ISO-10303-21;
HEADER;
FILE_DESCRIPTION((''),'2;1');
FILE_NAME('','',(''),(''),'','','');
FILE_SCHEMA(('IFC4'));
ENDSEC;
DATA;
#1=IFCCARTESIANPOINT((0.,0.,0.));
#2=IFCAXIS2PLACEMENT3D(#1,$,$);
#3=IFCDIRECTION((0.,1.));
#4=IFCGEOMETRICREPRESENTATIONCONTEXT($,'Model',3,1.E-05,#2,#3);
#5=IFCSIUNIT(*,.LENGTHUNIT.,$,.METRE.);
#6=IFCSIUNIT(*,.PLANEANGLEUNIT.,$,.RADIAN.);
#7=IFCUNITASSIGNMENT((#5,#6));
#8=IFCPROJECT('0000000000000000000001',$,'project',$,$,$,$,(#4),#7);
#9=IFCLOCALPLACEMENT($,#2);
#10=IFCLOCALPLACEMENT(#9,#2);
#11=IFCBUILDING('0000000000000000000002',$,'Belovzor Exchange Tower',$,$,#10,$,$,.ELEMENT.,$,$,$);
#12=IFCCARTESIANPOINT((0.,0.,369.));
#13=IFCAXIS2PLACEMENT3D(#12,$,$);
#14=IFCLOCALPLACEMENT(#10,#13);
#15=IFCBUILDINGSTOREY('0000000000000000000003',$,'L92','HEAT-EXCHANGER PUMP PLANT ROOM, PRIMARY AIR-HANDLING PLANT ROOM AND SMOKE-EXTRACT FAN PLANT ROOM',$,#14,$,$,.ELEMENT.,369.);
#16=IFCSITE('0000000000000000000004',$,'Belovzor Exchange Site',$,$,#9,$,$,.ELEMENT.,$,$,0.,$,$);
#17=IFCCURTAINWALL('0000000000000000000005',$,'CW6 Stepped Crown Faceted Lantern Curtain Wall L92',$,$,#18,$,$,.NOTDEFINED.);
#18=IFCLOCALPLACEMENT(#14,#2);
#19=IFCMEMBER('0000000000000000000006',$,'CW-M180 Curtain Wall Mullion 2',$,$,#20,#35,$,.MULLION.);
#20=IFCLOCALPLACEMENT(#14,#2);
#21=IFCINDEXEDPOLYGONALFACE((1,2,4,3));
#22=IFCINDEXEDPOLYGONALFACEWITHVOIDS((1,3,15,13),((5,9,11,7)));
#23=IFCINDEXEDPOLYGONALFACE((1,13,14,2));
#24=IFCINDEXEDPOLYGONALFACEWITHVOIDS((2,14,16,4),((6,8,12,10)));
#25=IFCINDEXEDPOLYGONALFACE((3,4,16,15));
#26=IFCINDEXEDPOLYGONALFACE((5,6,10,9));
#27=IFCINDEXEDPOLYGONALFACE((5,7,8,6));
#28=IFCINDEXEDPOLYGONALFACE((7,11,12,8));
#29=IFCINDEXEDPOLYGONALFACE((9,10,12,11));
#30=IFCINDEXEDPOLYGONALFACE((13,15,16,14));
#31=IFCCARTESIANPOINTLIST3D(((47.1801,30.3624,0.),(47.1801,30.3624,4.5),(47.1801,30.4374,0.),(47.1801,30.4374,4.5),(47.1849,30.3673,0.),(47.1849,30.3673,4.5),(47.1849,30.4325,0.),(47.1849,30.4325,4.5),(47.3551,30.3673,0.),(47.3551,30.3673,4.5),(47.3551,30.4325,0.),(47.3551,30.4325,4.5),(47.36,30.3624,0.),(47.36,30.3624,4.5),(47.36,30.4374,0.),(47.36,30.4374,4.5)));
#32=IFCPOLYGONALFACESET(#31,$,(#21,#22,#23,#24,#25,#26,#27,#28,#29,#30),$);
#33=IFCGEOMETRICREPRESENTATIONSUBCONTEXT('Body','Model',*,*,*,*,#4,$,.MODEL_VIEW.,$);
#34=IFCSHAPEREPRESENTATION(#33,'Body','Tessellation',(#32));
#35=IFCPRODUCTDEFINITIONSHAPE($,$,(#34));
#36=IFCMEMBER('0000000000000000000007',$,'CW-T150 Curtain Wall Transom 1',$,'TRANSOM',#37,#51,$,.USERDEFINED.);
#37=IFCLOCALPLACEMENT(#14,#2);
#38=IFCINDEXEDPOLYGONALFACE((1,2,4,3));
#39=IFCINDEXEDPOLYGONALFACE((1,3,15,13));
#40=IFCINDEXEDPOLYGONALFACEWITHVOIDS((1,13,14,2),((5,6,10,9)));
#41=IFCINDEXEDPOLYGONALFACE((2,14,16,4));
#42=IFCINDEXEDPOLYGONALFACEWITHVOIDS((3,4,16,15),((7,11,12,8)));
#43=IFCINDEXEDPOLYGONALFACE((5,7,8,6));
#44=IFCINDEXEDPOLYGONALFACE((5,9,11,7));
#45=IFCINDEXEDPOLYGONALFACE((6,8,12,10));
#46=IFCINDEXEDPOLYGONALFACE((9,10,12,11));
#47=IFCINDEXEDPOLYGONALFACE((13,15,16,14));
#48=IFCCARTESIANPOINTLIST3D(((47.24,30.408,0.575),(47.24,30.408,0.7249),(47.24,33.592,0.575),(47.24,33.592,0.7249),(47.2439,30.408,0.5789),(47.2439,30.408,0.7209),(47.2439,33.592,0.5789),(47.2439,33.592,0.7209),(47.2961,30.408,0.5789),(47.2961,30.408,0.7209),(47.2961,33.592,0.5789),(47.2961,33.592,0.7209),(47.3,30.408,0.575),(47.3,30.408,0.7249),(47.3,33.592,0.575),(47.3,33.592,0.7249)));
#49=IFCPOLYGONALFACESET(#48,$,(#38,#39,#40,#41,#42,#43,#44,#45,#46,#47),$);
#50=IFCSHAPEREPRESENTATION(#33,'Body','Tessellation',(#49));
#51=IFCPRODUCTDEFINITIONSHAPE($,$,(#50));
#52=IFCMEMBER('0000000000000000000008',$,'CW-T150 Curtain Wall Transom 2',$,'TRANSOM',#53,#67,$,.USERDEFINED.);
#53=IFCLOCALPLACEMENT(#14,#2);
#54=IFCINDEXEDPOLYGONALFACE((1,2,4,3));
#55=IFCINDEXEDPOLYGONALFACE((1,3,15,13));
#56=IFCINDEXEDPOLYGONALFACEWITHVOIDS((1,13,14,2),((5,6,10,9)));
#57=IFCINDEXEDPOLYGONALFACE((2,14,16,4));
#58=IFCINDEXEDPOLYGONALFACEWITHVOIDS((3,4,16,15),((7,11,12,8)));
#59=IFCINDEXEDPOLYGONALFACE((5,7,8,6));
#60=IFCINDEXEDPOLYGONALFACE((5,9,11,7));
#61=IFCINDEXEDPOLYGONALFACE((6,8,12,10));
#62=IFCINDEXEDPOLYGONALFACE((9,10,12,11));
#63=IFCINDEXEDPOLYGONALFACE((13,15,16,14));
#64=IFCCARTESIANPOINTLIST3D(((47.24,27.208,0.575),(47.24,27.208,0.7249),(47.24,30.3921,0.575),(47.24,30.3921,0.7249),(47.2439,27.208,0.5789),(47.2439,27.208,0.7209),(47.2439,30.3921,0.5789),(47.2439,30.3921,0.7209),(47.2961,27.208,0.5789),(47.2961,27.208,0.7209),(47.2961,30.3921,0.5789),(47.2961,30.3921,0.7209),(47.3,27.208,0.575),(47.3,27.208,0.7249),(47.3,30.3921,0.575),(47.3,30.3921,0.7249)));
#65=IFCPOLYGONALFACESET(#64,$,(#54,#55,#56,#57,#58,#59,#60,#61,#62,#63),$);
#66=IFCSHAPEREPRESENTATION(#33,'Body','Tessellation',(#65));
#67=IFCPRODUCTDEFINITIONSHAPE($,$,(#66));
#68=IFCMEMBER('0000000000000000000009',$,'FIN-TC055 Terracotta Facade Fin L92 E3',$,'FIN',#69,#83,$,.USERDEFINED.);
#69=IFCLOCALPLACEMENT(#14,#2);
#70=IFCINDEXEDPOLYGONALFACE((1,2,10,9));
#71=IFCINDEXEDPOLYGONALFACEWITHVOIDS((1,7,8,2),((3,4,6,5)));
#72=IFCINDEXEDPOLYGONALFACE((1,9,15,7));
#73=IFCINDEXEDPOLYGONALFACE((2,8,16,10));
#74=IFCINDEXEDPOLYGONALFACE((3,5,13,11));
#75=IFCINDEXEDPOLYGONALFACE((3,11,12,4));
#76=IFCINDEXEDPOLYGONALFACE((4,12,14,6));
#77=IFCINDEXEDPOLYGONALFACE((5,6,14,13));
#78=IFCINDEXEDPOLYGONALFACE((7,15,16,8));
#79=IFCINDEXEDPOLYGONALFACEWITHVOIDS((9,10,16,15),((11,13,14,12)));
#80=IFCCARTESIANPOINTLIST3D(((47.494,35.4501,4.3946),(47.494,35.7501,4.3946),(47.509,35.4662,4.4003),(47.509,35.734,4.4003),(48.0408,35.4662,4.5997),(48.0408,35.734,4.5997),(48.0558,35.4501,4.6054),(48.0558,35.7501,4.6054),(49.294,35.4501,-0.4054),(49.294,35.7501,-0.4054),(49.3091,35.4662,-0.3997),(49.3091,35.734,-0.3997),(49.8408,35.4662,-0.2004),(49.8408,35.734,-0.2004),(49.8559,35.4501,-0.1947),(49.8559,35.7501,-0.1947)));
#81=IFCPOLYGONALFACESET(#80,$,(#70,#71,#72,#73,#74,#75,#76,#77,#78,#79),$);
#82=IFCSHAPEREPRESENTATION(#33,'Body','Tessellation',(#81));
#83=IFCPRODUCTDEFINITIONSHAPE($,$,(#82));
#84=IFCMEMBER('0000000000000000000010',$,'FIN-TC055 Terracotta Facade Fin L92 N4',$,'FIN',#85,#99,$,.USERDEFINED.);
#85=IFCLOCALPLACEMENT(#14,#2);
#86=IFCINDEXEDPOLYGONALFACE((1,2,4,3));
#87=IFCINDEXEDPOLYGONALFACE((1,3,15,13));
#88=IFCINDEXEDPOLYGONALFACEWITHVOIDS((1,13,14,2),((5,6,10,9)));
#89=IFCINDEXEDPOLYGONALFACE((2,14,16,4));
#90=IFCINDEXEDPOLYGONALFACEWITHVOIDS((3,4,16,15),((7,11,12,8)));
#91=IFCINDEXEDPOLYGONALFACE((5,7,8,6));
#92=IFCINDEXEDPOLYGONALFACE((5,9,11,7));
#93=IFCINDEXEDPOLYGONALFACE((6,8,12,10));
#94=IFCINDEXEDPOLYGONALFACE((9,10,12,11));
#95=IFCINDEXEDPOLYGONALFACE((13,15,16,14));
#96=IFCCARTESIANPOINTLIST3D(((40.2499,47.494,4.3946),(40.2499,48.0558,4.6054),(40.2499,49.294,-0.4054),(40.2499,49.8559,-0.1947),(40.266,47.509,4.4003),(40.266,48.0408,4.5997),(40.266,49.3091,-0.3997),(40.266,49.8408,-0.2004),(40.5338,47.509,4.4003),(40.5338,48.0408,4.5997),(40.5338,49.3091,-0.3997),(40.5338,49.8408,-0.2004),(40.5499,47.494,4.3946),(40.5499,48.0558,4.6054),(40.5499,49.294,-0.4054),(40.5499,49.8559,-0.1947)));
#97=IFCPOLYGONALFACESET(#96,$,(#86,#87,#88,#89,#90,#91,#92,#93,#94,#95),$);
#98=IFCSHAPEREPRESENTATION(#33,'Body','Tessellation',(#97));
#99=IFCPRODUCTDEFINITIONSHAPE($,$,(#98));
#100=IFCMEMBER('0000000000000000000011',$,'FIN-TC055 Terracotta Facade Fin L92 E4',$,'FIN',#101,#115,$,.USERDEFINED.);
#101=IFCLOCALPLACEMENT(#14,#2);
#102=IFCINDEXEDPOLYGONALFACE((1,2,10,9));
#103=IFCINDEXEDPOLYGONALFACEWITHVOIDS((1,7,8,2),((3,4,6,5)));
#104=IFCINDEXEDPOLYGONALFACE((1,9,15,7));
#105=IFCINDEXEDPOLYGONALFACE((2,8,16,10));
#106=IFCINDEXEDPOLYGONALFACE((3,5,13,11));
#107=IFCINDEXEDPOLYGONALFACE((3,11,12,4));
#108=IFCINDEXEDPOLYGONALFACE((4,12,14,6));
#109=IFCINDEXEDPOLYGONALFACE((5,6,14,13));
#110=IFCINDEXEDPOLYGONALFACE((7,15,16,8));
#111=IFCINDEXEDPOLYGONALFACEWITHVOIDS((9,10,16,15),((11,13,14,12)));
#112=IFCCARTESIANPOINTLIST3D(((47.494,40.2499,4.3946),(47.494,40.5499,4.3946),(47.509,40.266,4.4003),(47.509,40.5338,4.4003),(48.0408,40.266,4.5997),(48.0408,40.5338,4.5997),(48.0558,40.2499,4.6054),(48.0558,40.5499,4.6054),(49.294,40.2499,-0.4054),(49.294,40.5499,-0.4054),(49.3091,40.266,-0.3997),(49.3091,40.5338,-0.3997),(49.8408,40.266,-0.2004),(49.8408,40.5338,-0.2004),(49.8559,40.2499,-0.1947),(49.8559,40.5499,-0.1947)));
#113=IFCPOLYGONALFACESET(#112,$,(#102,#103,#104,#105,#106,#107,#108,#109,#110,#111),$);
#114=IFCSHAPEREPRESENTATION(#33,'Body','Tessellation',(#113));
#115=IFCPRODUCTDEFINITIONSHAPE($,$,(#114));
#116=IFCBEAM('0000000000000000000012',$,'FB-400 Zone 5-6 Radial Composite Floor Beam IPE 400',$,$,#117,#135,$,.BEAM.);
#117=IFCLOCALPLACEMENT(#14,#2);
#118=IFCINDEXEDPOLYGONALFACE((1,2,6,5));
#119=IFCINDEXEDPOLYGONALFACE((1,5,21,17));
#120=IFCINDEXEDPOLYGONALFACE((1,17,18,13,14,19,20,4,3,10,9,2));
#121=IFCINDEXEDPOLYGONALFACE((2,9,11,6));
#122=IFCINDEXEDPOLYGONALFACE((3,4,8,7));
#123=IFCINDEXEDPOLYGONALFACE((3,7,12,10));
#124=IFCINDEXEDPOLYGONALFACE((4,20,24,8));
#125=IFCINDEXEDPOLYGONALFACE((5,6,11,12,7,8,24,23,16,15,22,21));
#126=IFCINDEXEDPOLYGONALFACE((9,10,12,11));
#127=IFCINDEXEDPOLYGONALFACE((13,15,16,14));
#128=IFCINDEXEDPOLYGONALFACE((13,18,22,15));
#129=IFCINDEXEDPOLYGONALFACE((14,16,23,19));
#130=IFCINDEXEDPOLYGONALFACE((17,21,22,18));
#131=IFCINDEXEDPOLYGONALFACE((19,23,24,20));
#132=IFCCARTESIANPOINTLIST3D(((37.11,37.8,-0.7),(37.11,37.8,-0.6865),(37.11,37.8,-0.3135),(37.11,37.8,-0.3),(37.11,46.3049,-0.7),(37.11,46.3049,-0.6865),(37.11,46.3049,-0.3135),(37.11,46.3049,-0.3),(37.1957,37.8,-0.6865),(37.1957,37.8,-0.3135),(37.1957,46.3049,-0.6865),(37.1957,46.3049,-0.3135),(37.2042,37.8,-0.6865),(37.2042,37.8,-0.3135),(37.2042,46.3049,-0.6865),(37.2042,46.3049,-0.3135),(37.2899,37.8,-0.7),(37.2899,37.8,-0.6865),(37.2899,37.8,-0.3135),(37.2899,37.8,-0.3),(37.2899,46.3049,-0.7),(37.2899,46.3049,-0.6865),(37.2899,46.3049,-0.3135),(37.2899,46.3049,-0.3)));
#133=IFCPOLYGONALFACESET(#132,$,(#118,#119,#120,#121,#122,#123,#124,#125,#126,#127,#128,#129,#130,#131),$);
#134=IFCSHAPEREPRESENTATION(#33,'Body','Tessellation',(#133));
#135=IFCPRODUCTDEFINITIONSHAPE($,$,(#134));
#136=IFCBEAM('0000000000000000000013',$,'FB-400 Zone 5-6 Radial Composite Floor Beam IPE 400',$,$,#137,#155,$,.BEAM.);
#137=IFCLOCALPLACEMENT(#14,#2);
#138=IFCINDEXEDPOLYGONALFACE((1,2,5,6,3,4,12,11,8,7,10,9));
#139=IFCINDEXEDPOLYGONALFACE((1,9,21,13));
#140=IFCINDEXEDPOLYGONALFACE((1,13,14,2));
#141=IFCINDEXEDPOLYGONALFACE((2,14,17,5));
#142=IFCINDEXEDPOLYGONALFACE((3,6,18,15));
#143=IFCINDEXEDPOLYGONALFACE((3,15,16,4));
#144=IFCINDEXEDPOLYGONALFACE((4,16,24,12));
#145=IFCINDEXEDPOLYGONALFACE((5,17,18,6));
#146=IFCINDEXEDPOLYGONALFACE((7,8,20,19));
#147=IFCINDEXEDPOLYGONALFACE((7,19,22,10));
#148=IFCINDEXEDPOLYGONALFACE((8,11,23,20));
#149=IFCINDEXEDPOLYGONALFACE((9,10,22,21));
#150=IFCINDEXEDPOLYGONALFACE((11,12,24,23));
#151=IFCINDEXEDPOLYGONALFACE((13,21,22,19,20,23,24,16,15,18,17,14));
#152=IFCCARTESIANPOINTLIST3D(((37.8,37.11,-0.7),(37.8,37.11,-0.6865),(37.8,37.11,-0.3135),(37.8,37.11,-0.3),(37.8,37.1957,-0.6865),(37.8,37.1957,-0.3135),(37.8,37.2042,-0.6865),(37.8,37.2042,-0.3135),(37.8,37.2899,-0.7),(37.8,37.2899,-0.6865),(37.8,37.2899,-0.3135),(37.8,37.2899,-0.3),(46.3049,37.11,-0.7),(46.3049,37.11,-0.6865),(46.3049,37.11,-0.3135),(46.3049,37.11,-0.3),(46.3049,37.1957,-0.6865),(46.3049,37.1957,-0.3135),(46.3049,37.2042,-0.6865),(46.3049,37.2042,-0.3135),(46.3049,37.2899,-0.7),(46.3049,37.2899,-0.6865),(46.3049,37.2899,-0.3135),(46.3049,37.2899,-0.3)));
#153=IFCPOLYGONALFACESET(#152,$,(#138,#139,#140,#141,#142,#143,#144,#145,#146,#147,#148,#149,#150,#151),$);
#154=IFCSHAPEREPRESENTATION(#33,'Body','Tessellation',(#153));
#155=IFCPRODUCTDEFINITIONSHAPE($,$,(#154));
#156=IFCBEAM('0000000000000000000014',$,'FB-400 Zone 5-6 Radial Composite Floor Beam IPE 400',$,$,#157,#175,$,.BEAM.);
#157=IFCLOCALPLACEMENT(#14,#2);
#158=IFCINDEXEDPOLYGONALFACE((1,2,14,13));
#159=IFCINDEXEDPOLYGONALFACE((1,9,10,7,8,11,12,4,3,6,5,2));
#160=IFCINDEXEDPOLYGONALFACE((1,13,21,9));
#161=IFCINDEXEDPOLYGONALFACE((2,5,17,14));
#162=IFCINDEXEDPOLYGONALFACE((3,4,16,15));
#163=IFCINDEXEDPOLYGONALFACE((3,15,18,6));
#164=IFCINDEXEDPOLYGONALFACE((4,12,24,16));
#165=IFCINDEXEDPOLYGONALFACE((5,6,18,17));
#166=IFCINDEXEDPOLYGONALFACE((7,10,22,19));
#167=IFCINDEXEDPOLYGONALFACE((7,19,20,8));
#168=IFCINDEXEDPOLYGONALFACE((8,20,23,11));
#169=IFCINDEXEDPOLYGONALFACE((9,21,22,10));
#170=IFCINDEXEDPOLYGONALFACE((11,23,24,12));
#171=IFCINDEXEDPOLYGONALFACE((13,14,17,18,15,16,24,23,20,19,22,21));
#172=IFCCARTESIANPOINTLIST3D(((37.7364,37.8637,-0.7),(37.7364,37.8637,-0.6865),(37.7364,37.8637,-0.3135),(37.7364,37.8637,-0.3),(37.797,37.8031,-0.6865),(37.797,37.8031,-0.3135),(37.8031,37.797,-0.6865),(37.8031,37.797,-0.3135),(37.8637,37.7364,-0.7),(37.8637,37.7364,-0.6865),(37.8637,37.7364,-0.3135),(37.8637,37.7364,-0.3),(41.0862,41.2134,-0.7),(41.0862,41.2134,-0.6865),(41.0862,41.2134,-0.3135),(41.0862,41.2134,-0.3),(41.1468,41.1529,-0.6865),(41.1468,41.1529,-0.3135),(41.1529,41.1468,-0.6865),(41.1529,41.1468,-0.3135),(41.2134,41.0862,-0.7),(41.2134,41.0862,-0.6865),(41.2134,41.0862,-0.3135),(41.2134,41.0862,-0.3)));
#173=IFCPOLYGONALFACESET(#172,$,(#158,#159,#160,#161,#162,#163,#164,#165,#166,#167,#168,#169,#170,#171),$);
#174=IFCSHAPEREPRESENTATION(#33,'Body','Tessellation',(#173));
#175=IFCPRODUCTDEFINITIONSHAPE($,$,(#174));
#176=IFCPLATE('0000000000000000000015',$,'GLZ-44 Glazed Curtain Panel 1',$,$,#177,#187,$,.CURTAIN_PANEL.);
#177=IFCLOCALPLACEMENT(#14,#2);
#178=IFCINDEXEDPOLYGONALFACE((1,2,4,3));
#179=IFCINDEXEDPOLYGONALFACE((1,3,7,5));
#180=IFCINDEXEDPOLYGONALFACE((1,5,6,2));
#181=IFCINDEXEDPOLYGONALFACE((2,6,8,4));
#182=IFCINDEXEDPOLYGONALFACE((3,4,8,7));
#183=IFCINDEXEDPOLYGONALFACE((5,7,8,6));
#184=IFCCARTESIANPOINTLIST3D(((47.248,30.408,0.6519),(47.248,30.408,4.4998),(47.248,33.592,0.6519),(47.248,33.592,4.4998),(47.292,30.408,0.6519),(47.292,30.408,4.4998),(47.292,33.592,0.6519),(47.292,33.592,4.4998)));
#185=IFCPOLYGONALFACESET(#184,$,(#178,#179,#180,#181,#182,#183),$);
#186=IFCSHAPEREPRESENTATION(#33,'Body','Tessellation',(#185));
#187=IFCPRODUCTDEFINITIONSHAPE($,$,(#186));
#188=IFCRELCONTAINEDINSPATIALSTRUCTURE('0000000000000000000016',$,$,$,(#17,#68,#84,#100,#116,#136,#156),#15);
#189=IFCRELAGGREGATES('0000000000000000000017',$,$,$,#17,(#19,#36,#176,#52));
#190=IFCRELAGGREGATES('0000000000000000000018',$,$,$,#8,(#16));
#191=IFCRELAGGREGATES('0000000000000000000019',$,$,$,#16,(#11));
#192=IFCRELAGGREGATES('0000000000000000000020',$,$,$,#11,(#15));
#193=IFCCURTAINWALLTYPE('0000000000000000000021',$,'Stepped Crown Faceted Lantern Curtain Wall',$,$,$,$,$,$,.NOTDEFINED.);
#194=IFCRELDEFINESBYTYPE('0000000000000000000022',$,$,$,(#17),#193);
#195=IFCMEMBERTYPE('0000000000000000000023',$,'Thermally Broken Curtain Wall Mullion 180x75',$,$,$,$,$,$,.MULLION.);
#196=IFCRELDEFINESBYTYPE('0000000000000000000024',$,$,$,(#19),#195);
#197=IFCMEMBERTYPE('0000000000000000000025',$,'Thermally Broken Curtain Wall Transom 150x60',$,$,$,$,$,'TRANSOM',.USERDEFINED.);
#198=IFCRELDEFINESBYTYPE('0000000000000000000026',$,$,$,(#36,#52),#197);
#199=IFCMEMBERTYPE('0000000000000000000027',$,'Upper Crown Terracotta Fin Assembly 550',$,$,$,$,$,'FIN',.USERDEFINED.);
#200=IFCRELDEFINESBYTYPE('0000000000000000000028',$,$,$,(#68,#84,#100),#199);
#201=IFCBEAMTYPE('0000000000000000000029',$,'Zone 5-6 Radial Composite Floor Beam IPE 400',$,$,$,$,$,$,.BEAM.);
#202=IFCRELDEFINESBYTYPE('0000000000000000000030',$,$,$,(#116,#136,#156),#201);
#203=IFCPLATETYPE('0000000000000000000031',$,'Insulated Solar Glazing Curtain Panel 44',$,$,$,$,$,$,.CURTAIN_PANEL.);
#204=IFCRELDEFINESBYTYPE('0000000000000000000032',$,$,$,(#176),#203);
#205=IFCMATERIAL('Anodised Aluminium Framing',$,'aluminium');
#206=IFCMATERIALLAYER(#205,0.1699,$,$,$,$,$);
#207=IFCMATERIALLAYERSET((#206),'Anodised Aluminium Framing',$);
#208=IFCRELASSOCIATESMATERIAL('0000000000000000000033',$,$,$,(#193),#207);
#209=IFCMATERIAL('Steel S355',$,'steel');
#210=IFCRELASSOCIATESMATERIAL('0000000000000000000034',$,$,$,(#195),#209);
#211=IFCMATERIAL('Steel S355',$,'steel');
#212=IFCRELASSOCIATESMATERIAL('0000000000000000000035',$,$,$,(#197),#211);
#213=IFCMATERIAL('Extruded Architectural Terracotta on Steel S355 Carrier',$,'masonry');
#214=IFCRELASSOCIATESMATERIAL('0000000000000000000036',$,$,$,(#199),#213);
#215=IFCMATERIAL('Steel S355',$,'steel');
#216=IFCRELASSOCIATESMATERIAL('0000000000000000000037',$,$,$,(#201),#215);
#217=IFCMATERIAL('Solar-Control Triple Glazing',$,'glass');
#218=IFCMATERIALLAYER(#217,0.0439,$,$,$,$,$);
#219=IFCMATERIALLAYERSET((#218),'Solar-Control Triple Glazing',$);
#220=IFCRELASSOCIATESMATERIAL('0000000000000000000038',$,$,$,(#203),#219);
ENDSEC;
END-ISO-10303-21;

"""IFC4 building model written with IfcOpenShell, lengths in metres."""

from ifc_helpers import new_model, si_unit, direction, frame, origin, origin_2d, place, context, subcontext, project, spatial, rectangle, hollow_rectangle, i_section, extrude, material, layer, layer_set, material_profile, profile_set, type_object, element, aggregate, save


model = new_model("IFC4")

# Units and contexts
model_context = context("Model", 3, precision=1e-05, world=origin(), true_north=direction((0.0, 1.0)))
body_context = subcontext(model_context, "Body", "Model", "MODEL_VIEW")
ifc_project = project(units=[si_unit("LENGTHUNIT", "METRE"), si_unit("PLANEANGLEUNIT", "RADIAN")], contexts=[model_context])

# Site, building, storey
site_placement = place(None, origin())
site = spatial("IfcSite", under=ifc_project, at=site_placement, Name="Belovzor Exchange Site", CompositionType="ELEMENT", RefElevation=0.0)
building_placement = place(site_placement, origin())
building = spatial("IfcBuilding", under=site, at=building_placement, Name="Belovzor Exchange Tower", CompositionType="ELEMENT")
storey_placement = place(building_placement, frame((0.0, 0.0, 369.0)))
storey = spatial("IfcBuildingStorey", under=building, at=storey_placement, Name="L92", Description="HEAT-EXCHANGER PUMP PLANT ROOM, PRIMARY AIR-HANDLING PLANT ROOM AND SMOKE-EXTRACT FAN PLANT ROOM", CompositionType="ELEMENT", Elevation=369.0)

# Curtain wall, members
ifc_material_1 = material(Name="Anodised Aluminium Framing", Category="aluminium")
ifc_layer_1 = layer(ifc_material_1, 0.1699)
ifc_layer_set_1 = layer_set([ifc_layer_1], Name="Anodised Aluminium Framing")
curtain_wall_type = type_object("IfcCurtainWallType", Name="Stepped Crown Faceted Lantern Curtain Wall", PredefinedType="NOTDEFINED", material=ifc_layer_set_1)
curtain_wall_placement = place(storey_placement, origin())
curtain_wall = element("IfcCurtainWall", 1, at=curtain_wall_placement, inside=storey, type_object=curtain_wall_type, Name="CW6 Stepped Crown Faceted Lantern Curtain Wall L92", PredefinedType="NOTDEFINED")
ifc_material_2 = material(Name="Steel S355", Category="steel")
ifc_material_profile_1 = material_profile(ifc_material_2, hollow_rectangle(XDim=0.075, YDim=0.1799, WallThickness=0.0049, at=origin_2d()))
ifc_profile_set_1 = profile_set([ifc_material_profile_1], Name="Steel S355")
member_type_1 = type_object("IfcMemberType", Name="Thermally Broken Curtain Wall Mullion 180x75", PredefinedType="MULLION", material=ifc_profile_set_1)
member_1_placement = place(storey_placement, frame((47.27, 30.3999, 0.0), z_axis=(0.0, 0.0, 1.0), x_axis=(0.0, -1.0, 0.0)))
member_1 = element("IfcMember", 2, at=member_1_placement, type_object=member_type_1, Name="CW-M180 Curtain Wall Mullion 2", PredefinedType="MULLION", context=body_context, shape_type="SweptSolid", body=[
    extrude(hollow_rectangle(XDim=0.075, YDim=0.1799, WallThickness=0.0049, at=origin_2d()), origin(), (0.0, 0.0, 1.0), 4.5),
])
ifc_material_3 = material(Name="Steel S355", Category="steel")
ifc_material_profile_2 = material_profile(ifc_material_3, hollow_rectangle(XDim=0.0601, YDim=0.1499, WallThickness=0.0039, at=origin_2d()))
ifc_profile_set_2 = profile_set([ifc_material_profile_2], Name="Steel S355")
member_type_2 = type_object("IfcMemberType", Name="Thermally Broken Curtain Wall Transom 150x60", ElementType="TRANSOM", PredefinedType="USERDEFINED", material=ifc_profile_set_2)
member_2_placement = place(storey_placement, frame((47.27, 33.592, 0.6499), z_axis=(0.0, -1.0, 0.0), x_axis=(1.0, 0.0, 0.0)))
member_2 = element("IfcMember", 3, at=member_2_placement, type_object=member_type_2, Name="CW-T150 Curtain Wall Transom 1", ObjectType="TRANSOM", PredefinedType="USERDEFINED", context=body_context, shape_type="SweptSolid", body=[
    extrude(hollow_rectangle(XDim=0.0601, YDim=0.1499, WallThickness=0.0039, at=origin_2d()), origin(), (0.0, 0.0, 1.0), 3.1841),
])
member_3_placement = place(storey_placement, frame((47.27, 30.3921, 0.6499), z_axis=(0.0, -1.0, 0.0), x_axis=(1.0, 0.0, 0.0)))
member_3 = element("IfcMember", 4, at=member_3_placement, type_object=member_type_2, Name="CW-T150 Curtain Wall Transom 2", ObjectType="TRANSOM", PredefinedType="USERDEFINED", context=body_context, shape_type="SweptSolid", body=[
    extrude(hollow_rectangle(XDim=0.0601, YDim=0.1499, WallThickness=0.0039, at=origin_2d()), origin(), (0.0, 0.0, 1.0), 3.1841),
])

# Members
ifc_material_4 = material(Name="Extruded Architectural Terracotta on Steel S355 Carrier", Category="masonry")
ifc_material_profile_3 = material_profile(ifc_material_4, hollow_rectangle(XDim=0.3, YDim=0.6001, WallThickness=0.0161, at=origin_2d()))
ifc_profile_set_3 = profile_set([ifc_material_profile_3], Name="Extruded Architectural Terracotta on Steel S355 Carrier")
member_type_3 = type_object("IfcMemberType", Name="Upper Crown Terracotta Fin Assembly 550", ElementType="FIN", PredefinedType="USERDEFINED", material=ifc_profile_set_3)
for number, where, z_axis, x_axis, name in (
    (5, (49.575, 35.6001, -0.3), (-0.351129, 0.0, 0.936327), (0.0, -1.0, 0.0), "FIN-TC055 Terracotta Facade Fin L92 E3"),
    (6, (40.3999, 49.575, -0.3), (0.0, -0.351129, 0.936327), (1.0, 0.0, 0.0), "FIN-TC055 Terracotta Facade Fin L92 N4"),
    (7, (49.575, 40.3999, -0.3), (-0.351129, 0.0, 0.936327), (0.0, -1.0, 0.0), "FIN-TC055 Terracotta Facade Fin L92 E4"),
):
    element("IfcMember", number, at=place(storey_placement, frame(where, z_axis=z_axis, x_axis=x_axis)), inside=storey, type_object=member_type_3, Name=name, ObjectType="FIN", PredefinedType="USERDEFINED", context=body_context, shape_type="SweptSolid", body=[
        extrude(hollow_rectangle(XDim=0.3, YDim=0.6001, WallThickness=0.0161, at=origin_2d()), origin(), (0.0, 0.0, 1.0), 5.1265),
    ])

# Beams
ifc_material_5 = material(Name="Steel S355", Category="steel")
ifc_material_profile_4 = material_profile(ifc_material_5, i_section(OverallWidth=0.1799, OverallDepth=0.3999, WebThickness=0.0085, FlangeThickness=0.0134, at=origin_2d()))
ifc_profile_set_4 = profile_set([ifc_material_profile_4], Name="Steel S355")
beam_type_1 = type_object("IfcBeamType", Name="Zone 5-6 Radial Composite Floor Beam IPE 400", PredefinedType="BEAM", material=ifc_profile_set_4)
for number, where, z_axis, x_axis, name in (
    (8, (37.2, 37.8, -0.5), (0.0, 1.0, 0.0), (-1.0, 0.0, 0.0), "FB-400 Zone 5-6 Radial Composite Floor Beam IPE 400"),
    (9, (37.8, 37.2, -0.5), (1.0, 0.0, 0.0), (0.0, 1.0, 0.0), "FB-400 Zone 5-6 Radial Composite Floor Beam IPE 400"),
):
    element("IfcBeam", number, at=place(storey_placement, frame(where, z_axis=z_axis, x_axis=x_axis)), inside=storey, type_object=beam_type_1, Name=name, PredefinedType="BEAM", context=body_context, shape_type="SweptSolid", body=[
        extrude(i_section(OverallWidth=0.1799, OverallDepth=0.3999, WebThickness=0.0085, FlangeThickness=0.0134, at=origin_2d()), origin(), (0.0, 0.0, 1.0), 8.5049),
    ])
beam_1_placement = place(storey_placement, frame((37.8, 37.8, -0.5), z_axis=(0.707107, 0.707107, 0.0), x_axis=(-0.707107, 0.707107, 0.0)))
element("IfcBeam", 10, at=beam_1_placement, inside=storey, type_object=beam_type_1, Name="FB-400 Zone 5-6 Radial Composite Floor Beam IPE 400", PredefinedType="BEAM", context=body_context, shape_type="SweptSolid", body=[
    extrude(i_section(OverallWidth=0.1799, OverallDepth=0.3999, WebThickness=0.0085, FlangeThickness=0.0134, at=origin_2d()), origin(), (0.0, 0.0, 1.0), 4.7373),
])

# Plate
ifc_material_6 = material(Name="Solar-Control Triple Glazing", Category="glass")
ifc_layer_2 = layer(ifc_material_6, 0.0439)
ifc_layer_set_2 = layer_set([ifc_layer_2], Name="Solar-Control Triple Glazing")
plate_type_1 = type_object("IfcPlateType", Name="Insulated Solar Glazing Curtain Panel 44", PredefinedType="CURTAIN_PANEL", material=ifc_layer_set_2)
plate_1_placement = place(storey_placement, frame((47.27, 32.0, 0.6519), z_axis=(0.0, 0.0, 1.0), x_axis=(0.0, -1.0, 0.0)))
plate_1 = element("IfcPlate", 11, at=plate_1_placement, type_object=plate_type_1, Name="GLZ-44 Glazed Curtain Panel 1", PredefinedType="CURTAIN_PANEL", context=body_context, shape_type="SweptSolid", body=[
    extrude(rectangle(XDim=3.1841, YDim=0.0439, at=origin_2d()), origin(), (0.0, 0.0, 1.0), 3.8479),
])
aggregate(curtain_wall, [member_1, member_2, plate_1, member_3])

save(model, "model.ifc")
